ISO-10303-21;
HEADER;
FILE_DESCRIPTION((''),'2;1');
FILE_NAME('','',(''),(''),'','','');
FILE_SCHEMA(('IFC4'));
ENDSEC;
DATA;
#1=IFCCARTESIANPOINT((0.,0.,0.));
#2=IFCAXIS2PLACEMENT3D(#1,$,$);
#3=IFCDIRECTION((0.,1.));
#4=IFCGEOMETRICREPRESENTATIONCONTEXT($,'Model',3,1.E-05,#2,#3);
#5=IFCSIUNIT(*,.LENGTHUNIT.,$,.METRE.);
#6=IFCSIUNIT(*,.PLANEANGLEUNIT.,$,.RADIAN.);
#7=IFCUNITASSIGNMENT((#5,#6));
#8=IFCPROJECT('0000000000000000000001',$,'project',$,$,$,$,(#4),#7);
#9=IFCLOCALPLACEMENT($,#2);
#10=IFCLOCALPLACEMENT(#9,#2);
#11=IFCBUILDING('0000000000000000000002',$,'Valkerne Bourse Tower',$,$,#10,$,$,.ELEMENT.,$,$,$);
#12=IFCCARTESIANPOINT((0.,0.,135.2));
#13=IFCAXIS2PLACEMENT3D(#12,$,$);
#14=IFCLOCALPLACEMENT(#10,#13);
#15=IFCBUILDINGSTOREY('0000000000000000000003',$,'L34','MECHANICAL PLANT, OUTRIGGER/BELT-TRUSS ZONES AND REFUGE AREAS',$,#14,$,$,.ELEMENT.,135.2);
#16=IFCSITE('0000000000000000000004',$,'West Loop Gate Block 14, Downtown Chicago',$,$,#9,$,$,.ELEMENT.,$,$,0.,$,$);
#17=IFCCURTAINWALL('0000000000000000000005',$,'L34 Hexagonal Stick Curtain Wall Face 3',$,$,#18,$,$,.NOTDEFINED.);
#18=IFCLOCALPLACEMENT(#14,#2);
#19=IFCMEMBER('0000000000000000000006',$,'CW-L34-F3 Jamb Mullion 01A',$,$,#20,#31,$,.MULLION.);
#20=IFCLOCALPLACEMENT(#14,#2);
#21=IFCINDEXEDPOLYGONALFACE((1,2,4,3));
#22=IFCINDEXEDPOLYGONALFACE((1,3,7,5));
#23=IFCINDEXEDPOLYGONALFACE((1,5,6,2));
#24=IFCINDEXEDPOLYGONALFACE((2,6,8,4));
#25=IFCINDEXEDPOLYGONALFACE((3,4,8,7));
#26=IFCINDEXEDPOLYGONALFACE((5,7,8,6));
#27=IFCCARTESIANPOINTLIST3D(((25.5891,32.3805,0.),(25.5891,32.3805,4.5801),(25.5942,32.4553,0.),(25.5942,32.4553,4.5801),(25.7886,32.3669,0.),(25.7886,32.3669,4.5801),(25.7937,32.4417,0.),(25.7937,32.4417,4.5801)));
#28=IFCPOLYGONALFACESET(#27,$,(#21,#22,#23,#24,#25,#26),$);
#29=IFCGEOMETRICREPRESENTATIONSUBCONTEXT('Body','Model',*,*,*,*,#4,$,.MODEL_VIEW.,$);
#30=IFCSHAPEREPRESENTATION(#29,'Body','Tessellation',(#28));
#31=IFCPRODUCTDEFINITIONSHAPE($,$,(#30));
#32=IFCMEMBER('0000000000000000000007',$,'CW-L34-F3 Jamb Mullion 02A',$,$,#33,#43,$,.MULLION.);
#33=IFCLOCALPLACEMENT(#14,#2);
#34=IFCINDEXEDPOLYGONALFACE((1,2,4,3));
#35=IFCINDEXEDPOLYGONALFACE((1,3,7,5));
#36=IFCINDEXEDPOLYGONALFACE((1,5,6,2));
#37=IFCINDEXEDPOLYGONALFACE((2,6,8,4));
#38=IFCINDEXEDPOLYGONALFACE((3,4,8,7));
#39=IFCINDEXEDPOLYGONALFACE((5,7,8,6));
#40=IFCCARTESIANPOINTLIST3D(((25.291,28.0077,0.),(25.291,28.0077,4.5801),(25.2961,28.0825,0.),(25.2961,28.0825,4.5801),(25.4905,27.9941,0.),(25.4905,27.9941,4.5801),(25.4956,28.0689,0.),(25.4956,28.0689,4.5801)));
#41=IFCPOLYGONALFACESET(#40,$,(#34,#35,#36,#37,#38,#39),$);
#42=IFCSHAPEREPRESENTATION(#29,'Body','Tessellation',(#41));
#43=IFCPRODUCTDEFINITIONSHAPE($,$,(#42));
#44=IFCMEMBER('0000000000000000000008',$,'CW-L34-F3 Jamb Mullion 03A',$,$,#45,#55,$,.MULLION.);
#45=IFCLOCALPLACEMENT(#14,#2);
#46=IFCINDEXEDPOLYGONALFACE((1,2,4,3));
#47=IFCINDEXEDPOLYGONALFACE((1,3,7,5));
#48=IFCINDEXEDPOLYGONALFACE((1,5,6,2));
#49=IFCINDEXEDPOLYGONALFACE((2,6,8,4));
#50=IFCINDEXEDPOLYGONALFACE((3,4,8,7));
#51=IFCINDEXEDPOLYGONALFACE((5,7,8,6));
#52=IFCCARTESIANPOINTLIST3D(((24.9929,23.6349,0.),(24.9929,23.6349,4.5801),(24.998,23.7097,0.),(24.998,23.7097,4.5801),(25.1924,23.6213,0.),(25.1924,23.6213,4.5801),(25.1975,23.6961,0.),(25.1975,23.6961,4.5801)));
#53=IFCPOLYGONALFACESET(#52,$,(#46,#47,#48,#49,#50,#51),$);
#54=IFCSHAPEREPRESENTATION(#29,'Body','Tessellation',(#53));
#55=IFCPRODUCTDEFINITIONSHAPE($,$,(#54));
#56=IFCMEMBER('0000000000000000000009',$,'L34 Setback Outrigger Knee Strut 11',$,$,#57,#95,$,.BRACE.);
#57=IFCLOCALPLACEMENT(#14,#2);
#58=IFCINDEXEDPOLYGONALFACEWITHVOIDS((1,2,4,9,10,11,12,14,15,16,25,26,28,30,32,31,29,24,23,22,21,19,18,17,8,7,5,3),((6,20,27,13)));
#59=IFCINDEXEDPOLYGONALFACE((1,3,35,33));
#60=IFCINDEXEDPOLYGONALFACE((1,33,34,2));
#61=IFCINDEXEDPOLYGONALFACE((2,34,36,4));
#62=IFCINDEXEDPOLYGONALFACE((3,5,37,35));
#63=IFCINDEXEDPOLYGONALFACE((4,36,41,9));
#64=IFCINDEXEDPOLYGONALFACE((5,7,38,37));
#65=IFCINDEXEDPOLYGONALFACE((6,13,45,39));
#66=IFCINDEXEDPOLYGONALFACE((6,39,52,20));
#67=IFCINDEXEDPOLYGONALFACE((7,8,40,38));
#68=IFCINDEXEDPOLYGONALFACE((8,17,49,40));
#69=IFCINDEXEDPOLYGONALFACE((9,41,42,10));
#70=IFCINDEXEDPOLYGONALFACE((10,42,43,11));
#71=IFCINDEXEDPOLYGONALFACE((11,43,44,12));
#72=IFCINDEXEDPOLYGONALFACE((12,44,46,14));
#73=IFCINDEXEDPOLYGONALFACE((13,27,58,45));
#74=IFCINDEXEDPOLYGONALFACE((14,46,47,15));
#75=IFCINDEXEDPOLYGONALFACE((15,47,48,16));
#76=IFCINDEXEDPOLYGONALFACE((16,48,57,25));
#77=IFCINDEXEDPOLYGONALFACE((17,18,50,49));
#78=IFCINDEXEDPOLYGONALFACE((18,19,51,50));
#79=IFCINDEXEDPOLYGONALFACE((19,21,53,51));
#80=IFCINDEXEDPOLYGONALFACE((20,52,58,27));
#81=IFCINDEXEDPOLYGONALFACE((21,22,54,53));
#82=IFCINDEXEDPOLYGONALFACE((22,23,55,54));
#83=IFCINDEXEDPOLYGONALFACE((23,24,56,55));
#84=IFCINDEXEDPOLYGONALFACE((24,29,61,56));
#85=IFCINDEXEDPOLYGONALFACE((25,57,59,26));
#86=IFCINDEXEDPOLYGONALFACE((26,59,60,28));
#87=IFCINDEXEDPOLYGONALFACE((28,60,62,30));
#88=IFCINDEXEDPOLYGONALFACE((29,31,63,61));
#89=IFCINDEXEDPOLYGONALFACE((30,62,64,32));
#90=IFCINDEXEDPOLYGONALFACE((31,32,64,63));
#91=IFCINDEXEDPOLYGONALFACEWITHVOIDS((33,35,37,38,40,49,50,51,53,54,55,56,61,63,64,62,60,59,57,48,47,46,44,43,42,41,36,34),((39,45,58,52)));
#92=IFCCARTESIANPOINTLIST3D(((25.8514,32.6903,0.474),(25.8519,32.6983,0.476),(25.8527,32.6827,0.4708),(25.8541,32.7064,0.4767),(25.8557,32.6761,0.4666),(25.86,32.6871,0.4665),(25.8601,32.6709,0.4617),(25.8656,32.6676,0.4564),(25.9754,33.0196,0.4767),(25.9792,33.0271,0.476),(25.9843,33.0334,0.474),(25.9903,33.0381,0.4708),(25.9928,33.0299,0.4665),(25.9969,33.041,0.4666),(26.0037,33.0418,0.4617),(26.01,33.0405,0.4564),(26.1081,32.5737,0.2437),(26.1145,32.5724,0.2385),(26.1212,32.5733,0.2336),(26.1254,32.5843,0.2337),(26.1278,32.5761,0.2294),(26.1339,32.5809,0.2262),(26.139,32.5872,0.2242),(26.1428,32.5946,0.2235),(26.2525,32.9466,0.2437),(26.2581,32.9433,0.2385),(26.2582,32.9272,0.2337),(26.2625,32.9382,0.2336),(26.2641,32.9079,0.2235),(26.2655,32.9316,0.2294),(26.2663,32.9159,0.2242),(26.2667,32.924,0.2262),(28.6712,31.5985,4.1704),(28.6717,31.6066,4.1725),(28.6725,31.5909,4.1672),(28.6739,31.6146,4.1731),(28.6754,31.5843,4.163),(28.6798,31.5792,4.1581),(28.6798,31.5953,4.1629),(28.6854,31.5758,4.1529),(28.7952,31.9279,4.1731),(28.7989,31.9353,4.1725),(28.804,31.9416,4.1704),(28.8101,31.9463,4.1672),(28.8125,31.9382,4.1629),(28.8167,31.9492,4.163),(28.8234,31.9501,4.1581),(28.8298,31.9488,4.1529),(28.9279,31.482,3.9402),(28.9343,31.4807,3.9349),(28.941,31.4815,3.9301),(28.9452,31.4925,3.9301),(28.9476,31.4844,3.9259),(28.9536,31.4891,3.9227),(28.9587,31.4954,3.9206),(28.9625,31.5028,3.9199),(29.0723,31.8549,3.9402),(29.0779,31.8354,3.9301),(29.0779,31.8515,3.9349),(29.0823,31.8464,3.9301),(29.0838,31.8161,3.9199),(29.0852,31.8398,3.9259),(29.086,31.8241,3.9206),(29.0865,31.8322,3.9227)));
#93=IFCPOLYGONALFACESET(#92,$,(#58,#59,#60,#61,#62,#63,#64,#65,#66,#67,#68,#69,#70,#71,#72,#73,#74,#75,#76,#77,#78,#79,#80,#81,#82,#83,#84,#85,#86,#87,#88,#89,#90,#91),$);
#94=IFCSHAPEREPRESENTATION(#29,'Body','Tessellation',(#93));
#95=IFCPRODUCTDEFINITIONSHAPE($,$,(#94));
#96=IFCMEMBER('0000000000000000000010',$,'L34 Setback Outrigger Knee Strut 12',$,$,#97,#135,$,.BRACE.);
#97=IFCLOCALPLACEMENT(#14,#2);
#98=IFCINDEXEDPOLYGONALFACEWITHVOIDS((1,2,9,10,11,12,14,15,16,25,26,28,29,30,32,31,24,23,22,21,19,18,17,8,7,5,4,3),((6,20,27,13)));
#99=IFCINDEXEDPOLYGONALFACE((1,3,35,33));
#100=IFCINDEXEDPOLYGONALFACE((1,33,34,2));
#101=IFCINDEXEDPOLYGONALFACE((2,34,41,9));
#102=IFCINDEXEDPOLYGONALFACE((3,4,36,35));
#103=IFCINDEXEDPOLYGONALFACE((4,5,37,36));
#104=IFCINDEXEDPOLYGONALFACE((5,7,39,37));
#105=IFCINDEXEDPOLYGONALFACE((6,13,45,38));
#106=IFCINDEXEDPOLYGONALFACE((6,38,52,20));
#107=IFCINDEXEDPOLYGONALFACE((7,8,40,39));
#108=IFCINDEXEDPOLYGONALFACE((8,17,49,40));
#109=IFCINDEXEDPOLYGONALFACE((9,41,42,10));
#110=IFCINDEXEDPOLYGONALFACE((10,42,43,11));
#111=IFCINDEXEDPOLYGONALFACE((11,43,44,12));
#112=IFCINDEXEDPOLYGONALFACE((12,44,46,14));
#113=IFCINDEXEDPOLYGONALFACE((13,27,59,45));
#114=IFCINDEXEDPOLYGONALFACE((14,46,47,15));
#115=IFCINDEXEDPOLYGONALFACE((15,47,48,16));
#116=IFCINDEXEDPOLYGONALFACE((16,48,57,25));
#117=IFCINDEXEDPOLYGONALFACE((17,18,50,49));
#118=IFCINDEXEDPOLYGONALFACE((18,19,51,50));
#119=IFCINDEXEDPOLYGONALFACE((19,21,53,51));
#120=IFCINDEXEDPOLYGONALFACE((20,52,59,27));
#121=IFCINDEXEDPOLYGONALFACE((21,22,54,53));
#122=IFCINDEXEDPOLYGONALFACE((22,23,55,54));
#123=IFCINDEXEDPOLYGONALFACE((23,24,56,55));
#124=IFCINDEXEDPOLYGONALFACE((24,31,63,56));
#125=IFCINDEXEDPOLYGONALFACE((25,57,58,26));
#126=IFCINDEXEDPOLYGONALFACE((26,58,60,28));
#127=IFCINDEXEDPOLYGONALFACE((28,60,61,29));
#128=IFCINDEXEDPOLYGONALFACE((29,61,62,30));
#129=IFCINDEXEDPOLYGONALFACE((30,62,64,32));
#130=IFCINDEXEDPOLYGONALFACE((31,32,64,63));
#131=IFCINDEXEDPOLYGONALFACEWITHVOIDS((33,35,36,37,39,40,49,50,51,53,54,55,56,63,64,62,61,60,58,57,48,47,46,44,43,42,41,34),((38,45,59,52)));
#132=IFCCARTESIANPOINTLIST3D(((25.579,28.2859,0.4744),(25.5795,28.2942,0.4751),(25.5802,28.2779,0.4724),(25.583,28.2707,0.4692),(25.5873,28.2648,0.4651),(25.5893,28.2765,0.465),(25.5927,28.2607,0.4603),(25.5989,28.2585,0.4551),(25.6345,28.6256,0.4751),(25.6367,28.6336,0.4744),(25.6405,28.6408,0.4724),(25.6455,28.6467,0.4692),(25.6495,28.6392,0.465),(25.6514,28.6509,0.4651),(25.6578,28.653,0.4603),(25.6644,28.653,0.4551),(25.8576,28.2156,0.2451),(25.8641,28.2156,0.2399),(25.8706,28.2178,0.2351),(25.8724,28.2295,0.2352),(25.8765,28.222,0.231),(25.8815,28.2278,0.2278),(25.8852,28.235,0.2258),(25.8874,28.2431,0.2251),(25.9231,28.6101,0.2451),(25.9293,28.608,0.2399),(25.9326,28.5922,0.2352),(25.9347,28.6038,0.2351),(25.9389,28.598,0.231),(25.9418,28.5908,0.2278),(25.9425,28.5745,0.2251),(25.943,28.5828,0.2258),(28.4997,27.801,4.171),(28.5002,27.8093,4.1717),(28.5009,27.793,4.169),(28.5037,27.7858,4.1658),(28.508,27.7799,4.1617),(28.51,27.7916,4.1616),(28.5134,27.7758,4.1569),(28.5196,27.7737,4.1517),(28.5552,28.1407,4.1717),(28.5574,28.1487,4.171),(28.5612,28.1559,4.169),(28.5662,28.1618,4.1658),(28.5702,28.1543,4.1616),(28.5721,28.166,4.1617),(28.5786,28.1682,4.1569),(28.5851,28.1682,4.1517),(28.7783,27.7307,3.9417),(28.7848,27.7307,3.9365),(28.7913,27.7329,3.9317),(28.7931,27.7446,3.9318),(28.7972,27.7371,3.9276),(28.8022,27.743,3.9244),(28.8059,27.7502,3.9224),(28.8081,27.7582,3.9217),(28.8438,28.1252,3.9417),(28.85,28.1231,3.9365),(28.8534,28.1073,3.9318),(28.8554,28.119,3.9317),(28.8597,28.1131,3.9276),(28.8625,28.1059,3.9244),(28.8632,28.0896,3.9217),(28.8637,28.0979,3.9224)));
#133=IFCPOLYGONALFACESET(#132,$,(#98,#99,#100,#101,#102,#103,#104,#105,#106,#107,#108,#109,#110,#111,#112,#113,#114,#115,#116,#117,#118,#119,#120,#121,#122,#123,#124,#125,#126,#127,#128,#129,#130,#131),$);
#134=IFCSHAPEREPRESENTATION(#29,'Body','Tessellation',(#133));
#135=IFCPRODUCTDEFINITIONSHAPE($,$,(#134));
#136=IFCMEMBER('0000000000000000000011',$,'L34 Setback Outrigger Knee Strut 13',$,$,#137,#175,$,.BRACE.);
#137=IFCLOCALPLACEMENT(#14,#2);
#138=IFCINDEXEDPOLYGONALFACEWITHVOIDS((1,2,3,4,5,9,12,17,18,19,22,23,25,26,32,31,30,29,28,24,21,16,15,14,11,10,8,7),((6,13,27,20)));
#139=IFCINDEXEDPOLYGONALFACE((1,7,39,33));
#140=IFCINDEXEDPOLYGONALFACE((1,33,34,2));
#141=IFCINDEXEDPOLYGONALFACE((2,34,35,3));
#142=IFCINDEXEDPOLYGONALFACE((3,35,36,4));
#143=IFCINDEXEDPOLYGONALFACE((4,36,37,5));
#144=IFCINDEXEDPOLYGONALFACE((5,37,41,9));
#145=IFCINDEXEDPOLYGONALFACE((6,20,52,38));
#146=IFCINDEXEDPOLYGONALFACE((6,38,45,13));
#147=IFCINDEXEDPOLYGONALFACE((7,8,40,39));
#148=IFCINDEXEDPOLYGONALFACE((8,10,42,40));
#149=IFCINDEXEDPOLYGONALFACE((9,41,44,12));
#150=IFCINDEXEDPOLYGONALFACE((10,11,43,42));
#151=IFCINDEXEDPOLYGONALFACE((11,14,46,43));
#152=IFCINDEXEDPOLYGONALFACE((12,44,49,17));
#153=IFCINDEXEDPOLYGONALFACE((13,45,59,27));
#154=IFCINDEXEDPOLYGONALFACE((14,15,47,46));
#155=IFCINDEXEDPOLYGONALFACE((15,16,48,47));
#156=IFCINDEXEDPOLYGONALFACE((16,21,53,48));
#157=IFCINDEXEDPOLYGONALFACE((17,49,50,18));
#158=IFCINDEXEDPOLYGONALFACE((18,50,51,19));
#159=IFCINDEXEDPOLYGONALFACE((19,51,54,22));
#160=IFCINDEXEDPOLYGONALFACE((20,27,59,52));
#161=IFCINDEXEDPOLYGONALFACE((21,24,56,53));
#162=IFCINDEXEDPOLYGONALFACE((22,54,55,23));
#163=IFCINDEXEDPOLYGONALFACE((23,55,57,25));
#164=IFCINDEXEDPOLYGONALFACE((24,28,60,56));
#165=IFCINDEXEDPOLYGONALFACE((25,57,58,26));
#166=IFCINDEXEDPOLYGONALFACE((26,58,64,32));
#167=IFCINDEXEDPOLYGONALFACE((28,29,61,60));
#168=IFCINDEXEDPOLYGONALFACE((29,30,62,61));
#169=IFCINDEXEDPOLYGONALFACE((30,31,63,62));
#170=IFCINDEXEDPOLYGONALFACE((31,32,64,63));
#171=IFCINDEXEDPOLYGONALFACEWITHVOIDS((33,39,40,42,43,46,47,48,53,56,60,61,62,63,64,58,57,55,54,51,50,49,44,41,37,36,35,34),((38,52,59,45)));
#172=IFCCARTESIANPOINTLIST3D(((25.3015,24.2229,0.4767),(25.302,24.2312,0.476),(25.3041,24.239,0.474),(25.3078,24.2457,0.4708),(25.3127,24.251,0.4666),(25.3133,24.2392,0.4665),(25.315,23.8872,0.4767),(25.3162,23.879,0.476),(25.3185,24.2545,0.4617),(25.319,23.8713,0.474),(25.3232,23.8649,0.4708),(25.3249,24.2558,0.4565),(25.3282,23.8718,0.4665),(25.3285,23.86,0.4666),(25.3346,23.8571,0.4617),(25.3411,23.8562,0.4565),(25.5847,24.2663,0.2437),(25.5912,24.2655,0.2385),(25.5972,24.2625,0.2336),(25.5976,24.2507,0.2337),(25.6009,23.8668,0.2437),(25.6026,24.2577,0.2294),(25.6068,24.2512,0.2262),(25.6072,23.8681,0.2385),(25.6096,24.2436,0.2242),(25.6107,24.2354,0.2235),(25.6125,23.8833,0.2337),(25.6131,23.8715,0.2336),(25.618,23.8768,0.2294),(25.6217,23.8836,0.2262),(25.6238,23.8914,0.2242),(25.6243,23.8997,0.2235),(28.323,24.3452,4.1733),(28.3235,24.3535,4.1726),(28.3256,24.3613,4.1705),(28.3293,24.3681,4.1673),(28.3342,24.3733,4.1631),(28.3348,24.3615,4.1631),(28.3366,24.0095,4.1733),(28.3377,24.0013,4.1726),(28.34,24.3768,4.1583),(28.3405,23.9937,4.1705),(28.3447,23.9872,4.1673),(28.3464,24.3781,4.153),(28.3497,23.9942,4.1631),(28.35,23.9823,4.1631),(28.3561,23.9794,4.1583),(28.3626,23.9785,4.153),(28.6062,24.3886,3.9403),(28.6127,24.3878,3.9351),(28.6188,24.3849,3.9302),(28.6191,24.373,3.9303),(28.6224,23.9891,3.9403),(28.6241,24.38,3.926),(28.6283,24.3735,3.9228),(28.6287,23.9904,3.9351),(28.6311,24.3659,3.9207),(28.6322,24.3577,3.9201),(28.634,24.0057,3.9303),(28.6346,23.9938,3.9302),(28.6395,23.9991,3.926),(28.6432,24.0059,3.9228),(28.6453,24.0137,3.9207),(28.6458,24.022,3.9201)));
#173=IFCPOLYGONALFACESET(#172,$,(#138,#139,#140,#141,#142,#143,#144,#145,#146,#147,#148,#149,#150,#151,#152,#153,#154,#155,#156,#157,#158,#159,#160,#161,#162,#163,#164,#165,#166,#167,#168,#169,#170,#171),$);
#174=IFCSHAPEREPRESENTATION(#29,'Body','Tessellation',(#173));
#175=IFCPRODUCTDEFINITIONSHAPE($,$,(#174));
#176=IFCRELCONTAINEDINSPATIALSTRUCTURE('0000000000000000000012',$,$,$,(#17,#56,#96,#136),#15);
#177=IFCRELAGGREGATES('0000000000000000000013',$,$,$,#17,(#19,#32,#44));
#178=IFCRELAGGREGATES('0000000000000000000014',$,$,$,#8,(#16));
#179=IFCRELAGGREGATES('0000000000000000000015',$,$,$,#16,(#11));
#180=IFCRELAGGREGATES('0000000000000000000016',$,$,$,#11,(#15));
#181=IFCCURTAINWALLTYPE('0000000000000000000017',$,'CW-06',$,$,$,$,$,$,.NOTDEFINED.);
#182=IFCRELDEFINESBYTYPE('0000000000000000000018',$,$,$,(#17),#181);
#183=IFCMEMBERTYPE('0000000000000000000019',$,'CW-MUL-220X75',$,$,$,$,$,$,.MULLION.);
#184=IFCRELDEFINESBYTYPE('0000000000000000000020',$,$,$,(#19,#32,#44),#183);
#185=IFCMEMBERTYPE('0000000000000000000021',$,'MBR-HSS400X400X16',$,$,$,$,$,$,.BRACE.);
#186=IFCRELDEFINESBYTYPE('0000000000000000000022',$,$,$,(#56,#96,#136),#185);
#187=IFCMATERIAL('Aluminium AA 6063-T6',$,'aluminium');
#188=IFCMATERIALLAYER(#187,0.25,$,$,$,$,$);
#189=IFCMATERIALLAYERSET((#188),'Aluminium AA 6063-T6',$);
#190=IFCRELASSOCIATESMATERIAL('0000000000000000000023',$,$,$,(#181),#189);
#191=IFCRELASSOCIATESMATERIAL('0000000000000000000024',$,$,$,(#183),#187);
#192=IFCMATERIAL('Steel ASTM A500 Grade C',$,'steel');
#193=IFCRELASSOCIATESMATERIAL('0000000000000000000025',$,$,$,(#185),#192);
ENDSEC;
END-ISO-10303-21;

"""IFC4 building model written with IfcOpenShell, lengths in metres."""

from ifc_helpers import new_model, si_unit, direction, frame, origin, origin_2d, place, context, subcontext, project, spatial, rectangle, hollow_rectangle, extrude, material, layer, layer_set, material_profile, profile_set, type_object, element, aggregate, save


model = new_model("IFC4")

# Units and contexts
model_context = context("Model", 3, precision=1e-05, world=origin(), true_north=direction((0.0, 1.0)))
body_context = subcontext(model_context, "Body", "Model", "MODEL_VIEW")
ifc_project = project(units=[si_unit("LENGTHUNIT", "METRE"), si_unit("PLANEANGLEUNIT", "RADIAN")], contexts=[model_context])

# Site, building, storey
site_placement = place(None, origin())
site = spatial("IfcSite", under=ifc_project, at=site_placement, Name="West Loop Gate Block 14, Downtown Chicago", CompositionType="ELEMENT", RefElevation=0.0)
building_placement = place(site_placement, origin())
building = spatial("IfcBuilding", under=site, at=building_placement, Name="Valkerne Bourse Tower", CompositionType="ELEMENT")
storey_placement = place(building_placement, frame((0.0, 0.0, 135.2)))
storey = spatial("IfcBuildingStorey", under=building, at=storey_placement, Name="L34", Description="MECHANICAL PLANT, OUTRIGGER/BELT-TRUSS ZONES AND REFUGE AREAS", CompositionType="ELEMENT", Elevation=135.2)

# Curtain wall, members
ifc_material_1 = material(Name="Aluminium AA 6063-T6", Category="aluminium")
ifc_layer_1 = layer(ifc_material_1, 0.25)
ifc_layer_set_1 = layer_set([ifc_layer_1], Name="Aluminium AA 6063-T6")
curtain_wall_type = type_object("IfcCurtainWallType", Name="CW-06", PredefinedType="NOTDEFINED", material=ifc_layer_set_1)
curtain_wall_placement = place(storey_placement, origin())
curtain_wall = element("IfcCurtainWall", 1, at=curtain_wall_placement, inside=storey, type_object=curtain_wall_type, Name="L34 Hexagonal Stick Curtain Wall Face 3", PredefinedType="NOTDEFINED")
ifc_material_profile_1 = material_profile(ifc_material_1, rectangle(XDim=0.075, YDim=0.2, at=origin_2d()), Name="CWM-75X200")
ifc_profile_set_1 = profile_set([ifc_material_profile_1], Name="Aluminium AA 6063-T6")
member_type_1 = type_object("IfcMemberType", Name="CW-MUL-220X75", PredefinedType="MULLION", material=ifc_profile_set_1)
member_1_placement = place(storey_placement, frame((25.6914, 32.4111, 0.0), z_axis=(0.0, 0.0, 1.0), x_axis=(-0.068014, -0.997684, 0.0)))
member_1 = element("IfcMember", 2, at=member_1_placement, type_object=member_type_1, Name="CW-L34-F3 Jamb Mullion 01A", PredefinedType="MULLION", context=body_context, shape_type="SweptSolid", body=[
    extrude(rectangle(XDim=0.075, YDim=0.2, at=origin_2d()), origin(), (0.0, 0.0, 1.0), 4.5801),
])
member_2_placement = place(storey_placement, frame((25.3933, 28.0383, 0.0), z_axis=(0.0, 0.0, 1.0), x_axis=(-0.068012, -0.997685, 0.0)))
member_2 = element("IfcMember", 3, at=member_2_placement, type_object=member_type_1, Name="CW-L34-F3 Jamb Mullion 02A", PredefinedType="MULLION", context=body_context, shape_type="SweptSolid", body=[
    extrude(rectangle(XDim=0.075, YDim=0.2, at=origin_2d()), origin(), (0.0, 0.0, 1.0), 4.5801),
])
member_3_placement = place(storey_placement, frame((25.0952, 23.6655, 0.0), z_axis=(0.0, 0.0, 1.0), x_axis=(-0.068014, -0.997684, 0.0)))
member_3 = element("IfcMember", 4, at=member_3_placement, type_object=member_type_1, Name="CW-L34-F3 Jamb Mullion 03A", PredefinedType="MULLION", context=body_context, shape_type="SweptSolid", body=[
    extrude(rectangle(XDim=0.075, YDim=0.2, at=origin_2d()), origin(), (0.0, 0.0, 1.0), 4.5801),
])

# Members
ifc_material_2 = material(Name="Steel ASTM A500 Grade C", Category="steel")
ifc_material_profile_2 = material_profile(ifc_material_2, hollow_rectangle(XDim=0.3999, YDim=0.3999, WallThickness=0.0161, OuterFilletRadius=0.032, at=origin_2d()), Name="HSS400X400X16")
ifc_profile_set_2 = profile_set([ifc_material_profile_2], Name="Steel ASTM A500 Grade C")
member_type_2 = type_object("IfcMemberType", Name="MBR-HSS400X400X16", PredefinedType="BRACE", material=ifc_profile_set_2)
member_4_placement = place(storey_placement, frame((26.0591, 32.8071, 0.3501), z_axis=(0.590446, -0.228613, 0.774022), x_axis=(0.361067, 0.93254, 0.0)))
element("IfcMember", 5, at=member_4_placement, inside=storey, type_object=member_type_2, Name="L34 Setback Outrigger Knee Strut 11", PredefinedType="BRACE", context=body_context, shape_type="SweptSolid", body=[
    extrude(hollow_rectangle(XDim=0.3999, YDim=0.3999, WallThickness=0.0161, OuterFilletRadius=0.032, at=origin_2d()), origin(), (0.0, 0.0, 1.0), 4.7756),
])
member_5_placement = place(storey_placement, frame((25.761, 28.4343, 0.3501), z_axis=(0.616693, -0.102378, 0.780518), x_axis=(0.16377, 0.986498, 0.0)))
element("IfcMember", 6, at=member_5_placement, inside=storey, type_object=member_type_2, Name="L34 Setback Outrigger Knee Strut 12", PredefinedType="BRACE", context=body_context, shape_type="SweptSolid", body=[
    extrude(hollow_rectangle(XDim=0.3999, YDim=0.3999, WallThickness=0.0161, OuterFilletRadius=0.032, at=origin_2d()), origin(), (0.0, 0.0, 1.0), 4.7361),
])
member_6_placement = place(storey_placement, frame((25.4629, 24.0613, 0.3501), z_axis=(0.63266, 0.025611, 0.774006), x_axis=(-0.040448, 0.999182, 0.0)))
element("IfcMember", 7, at=member_6_placement, inside=storey, type_object=member_type_2, Name="L34 Setback Outrigger Knee Strut 13", PredefinedType="BRACE", context=body_context, shape_type="SweptSolid", body=[
    extrude(hollow_rectangle(XDim=0.3999, YDim=0.3999, WallThickness=0.0161, OuterFilletRadius=0.032, at=origin_2d()), origin(), (0.0, 0.0, 1.0), 4.7759),
])

aggregate(curtain_wall, [member_1, member_2, member_3])

save(model, "model.ifc")
